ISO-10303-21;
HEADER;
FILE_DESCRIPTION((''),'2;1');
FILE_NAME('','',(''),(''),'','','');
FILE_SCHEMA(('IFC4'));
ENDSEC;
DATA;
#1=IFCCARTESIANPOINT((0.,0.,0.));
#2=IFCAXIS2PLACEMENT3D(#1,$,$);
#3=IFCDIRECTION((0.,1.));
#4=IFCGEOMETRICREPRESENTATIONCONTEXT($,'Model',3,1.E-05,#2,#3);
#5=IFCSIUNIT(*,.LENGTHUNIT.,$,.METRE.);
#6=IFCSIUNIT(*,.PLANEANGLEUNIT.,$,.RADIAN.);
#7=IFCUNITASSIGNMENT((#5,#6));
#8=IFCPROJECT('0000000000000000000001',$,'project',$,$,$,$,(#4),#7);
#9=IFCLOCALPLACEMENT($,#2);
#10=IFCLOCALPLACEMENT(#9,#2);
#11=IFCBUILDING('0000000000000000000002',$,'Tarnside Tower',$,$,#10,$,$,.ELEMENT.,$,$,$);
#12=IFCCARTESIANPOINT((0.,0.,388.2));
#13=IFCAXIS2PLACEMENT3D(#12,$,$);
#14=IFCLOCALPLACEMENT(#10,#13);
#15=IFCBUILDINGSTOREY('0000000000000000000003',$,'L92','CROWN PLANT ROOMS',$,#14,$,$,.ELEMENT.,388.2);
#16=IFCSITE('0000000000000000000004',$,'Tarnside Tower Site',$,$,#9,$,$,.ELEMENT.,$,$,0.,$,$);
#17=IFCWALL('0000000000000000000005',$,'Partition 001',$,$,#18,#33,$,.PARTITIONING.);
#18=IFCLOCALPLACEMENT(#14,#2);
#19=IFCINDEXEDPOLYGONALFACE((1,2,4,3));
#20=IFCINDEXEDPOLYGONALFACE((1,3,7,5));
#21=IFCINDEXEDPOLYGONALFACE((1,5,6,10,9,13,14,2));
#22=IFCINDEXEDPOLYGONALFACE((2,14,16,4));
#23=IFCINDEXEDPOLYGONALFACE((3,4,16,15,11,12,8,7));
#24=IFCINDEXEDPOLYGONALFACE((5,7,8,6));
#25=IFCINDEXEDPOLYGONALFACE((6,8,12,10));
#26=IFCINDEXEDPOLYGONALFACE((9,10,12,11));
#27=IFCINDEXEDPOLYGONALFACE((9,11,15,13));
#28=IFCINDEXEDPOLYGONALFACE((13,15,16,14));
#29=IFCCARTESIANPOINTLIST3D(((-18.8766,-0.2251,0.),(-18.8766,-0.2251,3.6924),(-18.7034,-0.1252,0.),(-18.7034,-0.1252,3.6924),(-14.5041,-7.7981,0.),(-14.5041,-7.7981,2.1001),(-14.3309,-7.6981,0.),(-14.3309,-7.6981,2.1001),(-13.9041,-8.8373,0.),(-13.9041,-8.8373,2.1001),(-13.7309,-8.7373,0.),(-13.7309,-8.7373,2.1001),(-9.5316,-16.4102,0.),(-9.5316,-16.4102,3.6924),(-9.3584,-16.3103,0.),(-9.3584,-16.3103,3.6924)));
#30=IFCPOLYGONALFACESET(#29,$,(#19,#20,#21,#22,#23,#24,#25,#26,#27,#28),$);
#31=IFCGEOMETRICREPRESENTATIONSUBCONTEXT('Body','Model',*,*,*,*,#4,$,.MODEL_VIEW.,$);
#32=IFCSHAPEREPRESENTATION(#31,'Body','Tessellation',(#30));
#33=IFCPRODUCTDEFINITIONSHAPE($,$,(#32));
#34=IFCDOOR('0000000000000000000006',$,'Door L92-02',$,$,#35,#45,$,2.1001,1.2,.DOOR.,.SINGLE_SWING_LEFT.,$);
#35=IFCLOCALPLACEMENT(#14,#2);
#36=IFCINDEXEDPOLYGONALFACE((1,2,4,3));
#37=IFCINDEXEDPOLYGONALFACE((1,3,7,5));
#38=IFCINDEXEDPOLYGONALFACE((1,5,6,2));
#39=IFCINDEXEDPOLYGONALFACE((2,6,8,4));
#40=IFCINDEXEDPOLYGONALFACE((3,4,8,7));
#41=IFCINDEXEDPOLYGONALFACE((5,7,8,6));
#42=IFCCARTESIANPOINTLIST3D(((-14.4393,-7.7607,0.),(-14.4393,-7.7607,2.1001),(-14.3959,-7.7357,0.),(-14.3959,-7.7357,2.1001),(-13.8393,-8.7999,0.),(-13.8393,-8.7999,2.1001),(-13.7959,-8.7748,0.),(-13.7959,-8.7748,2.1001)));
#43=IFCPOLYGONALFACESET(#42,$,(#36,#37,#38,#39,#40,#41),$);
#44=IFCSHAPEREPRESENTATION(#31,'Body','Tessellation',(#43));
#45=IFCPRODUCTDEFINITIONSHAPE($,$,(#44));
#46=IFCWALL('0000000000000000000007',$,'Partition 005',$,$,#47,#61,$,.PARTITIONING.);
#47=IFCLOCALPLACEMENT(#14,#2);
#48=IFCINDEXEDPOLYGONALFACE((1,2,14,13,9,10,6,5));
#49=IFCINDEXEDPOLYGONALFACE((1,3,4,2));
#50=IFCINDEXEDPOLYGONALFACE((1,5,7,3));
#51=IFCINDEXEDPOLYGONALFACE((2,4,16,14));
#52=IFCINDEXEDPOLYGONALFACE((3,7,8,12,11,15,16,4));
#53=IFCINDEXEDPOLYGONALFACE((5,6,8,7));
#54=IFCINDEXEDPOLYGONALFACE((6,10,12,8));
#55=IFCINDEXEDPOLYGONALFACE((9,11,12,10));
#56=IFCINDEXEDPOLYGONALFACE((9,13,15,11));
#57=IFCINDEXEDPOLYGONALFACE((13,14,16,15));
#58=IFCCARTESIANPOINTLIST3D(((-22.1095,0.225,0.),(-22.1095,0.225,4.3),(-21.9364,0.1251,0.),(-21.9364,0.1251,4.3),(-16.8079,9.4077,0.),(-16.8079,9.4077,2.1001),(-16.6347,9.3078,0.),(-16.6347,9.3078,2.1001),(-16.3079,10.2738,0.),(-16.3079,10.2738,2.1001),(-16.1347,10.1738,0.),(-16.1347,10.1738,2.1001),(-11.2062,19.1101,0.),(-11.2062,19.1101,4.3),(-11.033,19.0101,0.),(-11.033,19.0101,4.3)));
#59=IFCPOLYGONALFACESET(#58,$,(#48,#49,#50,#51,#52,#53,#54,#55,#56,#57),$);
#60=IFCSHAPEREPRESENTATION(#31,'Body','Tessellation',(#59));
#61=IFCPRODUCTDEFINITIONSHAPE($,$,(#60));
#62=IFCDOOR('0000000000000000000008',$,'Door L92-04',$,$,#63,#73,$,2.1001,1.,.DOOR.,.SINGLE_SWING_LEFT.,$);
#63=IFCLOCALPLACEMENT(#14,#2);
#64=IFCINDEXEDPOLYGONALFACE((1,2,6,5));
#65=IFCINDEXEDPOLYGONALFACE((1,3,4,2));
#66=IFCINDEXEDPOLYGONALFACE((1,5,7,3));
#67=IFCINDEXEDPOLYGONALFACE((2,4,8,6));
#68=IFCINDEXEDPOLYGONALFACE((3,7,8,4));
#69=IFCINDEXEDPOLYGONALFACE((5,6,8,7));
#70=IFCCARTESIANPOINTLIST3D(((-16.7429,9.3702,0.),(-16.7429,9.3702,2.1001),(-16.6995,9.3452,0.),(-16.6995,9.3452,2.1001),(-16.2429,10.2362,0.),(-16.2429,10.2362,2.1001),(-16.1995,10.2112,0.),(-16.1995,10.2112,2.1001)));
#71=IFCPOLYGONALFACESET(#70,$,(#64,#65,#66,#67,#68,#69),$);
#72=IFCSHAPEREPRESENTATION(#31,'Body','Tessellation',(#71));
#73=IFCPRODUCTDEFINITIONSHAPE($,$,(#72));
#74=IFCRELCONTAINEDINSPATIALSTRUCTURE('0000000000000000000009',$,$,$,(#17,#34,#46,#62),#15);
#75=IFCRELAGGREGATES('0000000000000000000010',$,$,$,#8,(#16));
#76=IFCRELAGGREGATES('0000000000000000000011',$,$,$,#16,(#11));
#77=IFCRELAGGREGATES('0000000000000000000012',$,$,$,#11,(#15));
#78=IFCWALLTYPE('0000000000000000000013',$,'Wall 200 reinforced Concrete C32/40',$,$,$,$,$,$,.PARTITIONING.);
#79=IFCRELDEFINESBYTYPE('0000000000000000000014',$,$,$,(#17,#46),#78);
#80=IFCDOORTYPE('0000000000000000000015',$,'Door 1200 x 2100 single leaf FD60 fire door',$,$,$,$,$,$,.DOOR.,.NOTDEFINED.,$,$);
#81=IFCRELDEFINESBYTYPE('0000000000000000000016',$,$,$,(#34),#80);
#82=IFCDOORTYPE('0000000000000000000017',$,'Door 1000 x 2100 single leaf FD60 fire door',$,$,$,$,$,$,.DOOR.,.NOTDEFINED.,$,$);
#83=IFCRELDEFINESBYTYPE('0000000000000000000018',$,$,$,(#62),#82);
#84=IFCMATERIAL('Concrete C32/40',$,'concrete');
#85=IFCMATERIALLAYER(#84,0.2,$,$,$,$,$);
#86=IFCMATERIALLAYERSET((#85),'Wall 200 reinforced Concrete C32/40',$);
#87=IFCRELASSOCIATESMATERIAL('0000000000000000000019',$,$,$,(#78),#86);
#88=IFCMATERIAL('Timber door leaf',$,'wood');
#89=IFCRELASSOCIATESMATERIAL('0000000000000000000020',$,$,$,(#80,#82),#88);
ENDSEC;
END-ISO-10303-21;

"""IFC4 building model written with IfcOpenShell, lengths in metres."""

from ifc_helpers import new_model, si_unit, direction, frame, frame_2d, origin, place, context, subcontext, project, spatial, rectangle, extrude, material, layer, layer_set, type_object, element, fill, save


model = new_model("IFC4")

# Units and contexts
model_context = context("Model", 3, precision=1e-05, world=origin(), true_north=direction((0.0, 1.0)))
body_context = subcontext(model_context, "Body", "Model", "MODEL_VIEW")
ifc_project = project(units=[si_unit("LENGTHUNIT", "METRE"), si_unit("PLANEANGLEUNIT", "RADIAN")], contexts=[model_context])

# Site, building, storey
site_placement = place(None, origin())
site = spatial("IfcSite", under=ifc_project, at=site_placement, Name="Tarnside Tower Site", CompositionType="ELEMENT", RefElevation=0.0)
building_placement = place(site_placement, origin())
building = spatial("IfcBuilding", under=site, at=building_placement, Name="Tarnside Tower", CompositionType="ELEMENT")
storey_placement = place(building_placement, frame((0.0, 0.0, 388.2)))
storey = spatial("IfcBuildingStorey", under=building, at=storey_placement, Name="L92", Description="CROWN PLANT ROOMS", CompositionType="ELEMENT", Elevation=388.2)

# Walls, openings, doors
ifc_material_1 = material(Name="Concrete C32/40", Category="concrete")
ifc_layer_1 = layer(ifc_material_1, 0.2)
ifc_layer_set_1 = layer_set([ifc_layer_1], Name="Wall 200 reinforced Concrete C32/40")
wall_type_1 = type_object("IfcWallType", Name="Wall 200 reinforced Concrete C32/40", PredefinedType="PARTITIONING", material=ifc_layer_set_1)
wall_1_placement = place(storey_placement, frame((-18.79, -0.175, 0.0), z_axis=(0.0, 0.0, 1.0), x_axis=(0.500021, -0.866013, 0.0)))
wall_1 = element("IfcWall", 1, at=wall_1_placement, inside=storey, type_object=wall_type_1, Name="Partition 001", PredefinedType="PARTITIONING", context=body_context, shape_type="SweptSolid", body=[
    extrude(rectangle(XDim=18.6892, YDim=0.2, at=frame_2d((9.3447, 0.0))), origin(), (0.0, 0.0, 1.0), 3.6924),
])
opening_1_placement = place(wall_1_placement, frame((8.7446, 0.0, 0.0)))
opening_1 = element("IfcOpeningElement", 2, at=opening_1_placement, cuts=wall_1, PredefinedType="OPENING", context=body_context, shape_type="SweptSolid", body=[
    extrude(rectangle(XDim=1.2, YDim=2.1001, at=frame_2d((0.6001, 1.05))), frame((0.0, 0.1099, 0.0), z_axis=(0.0, -1.0, 0.0), x_axis=(1.0, 0.0, 0.0)), (0.0, 0.0, 1.0), 0.22),
])
ifc_material_2 = material(Name="Timber door leaf", Category="wood")
door_type_1 = type_object("IfcDoorType", Name="Door 1200 x 2100 single leaf FD60 fire door", OperationType="NOTDEFINED", PredefinedType="DOOR", material=ifc_material_2)
door_1_placement = place(opening_1_placement, origin())
door_1 = element("IfcDoor", 3, at=door_1_placement, inside=storey, type_object=door_type_1, Name="Door L92-02", OperationType="SINGLE_SWING_LEFT", OverallHeight=2.1001, OverallWidth=1.2, PredefinedType="DOOR", context=body_context, shape_type="SweptSolid", body=[
    extrude(rectangle(XDim=1.2, YDim=2.1001, at=frame_2d((0.6001, 1.05))), frame((0.0, 0.0249, 0.0), z_axis=(0.0, -1.0, 0.0), x_axis=(1.0, 0.0, 0.0)), (0.0, 0.0, 1.0), 0.05),
])
fill(opening_1, door_1)
wall_2_placement = place(storey_placement, frame((-22.0229, 0.175, 0.0), z_axis=(0.0, 0.0, 1.0), x_axis=(0.500002, 0.866024, 0.0)))
wall_2 = element("IfcWall", 4, at=wall_2_placement, inside=storey, type_object=wall_type_1, Name="Partition 005", PredefinedType="PARTITIONING", context=body_context, shape_type="SweptSolid", body=[
    extrude(rectangle(XDim=21.8066, YDim=0.2, at=frame_2d((10.9033, 0.0))), origin(), (0.0, 0.0, 1.0), 4.3),
])
opening_2_placement = place(wall_2_placement, frame((10.6033, 0.0, 0.0)))
opening_2 = element("IfcOpeningElement", 5, at=opening_2_placement, cuts=wall_2, PredefinedType="OPENING", context=body_context, shape_type="SweptSolid", body=[
    extrude(rectangle(XDim=1.0, YDim=2.1001, at=frame_2d((0.5, 1.05))), frame((0.0, 0.1099, 0.0), z_axis=(0.0, -1.0, 0.0), x_axis=(1.0, 0.0, 0.0)), (0.0, 0.0, 1.0), 0.22),
])
door_type_2 = type_object("IfcDoorType", Name="Door 1000 x 2100 single leaf FD60 fire door", OperationType="NOTDEFINED", PredefinedType="DOOR", material=ifc_material_2)
door_2_placement = place(opening_2_placement, origin())
door_2 = element("IfcDoor", 6, at=door_2_placement, inside=storey, type_object=door_type_2, Name="Door L92-04", OperationType="SINGLE_SWING_LEFT", OverallHeight=2.1001, OverallWidth=1.0, PredefinedType="DOOR", context=body_context, shape_type="SweptSolid", body=[
    extrude(rectangle(XDim=1.0, YDim=2.1001, at=frame_2d((0.5, 1.05))), frame((0.0, 0.0249, 0.0), z_axis=(0.0, -1.0, 0.0), x_axis=(1.0, 0.0, 0.0)), (0.0, 0.0, 1.0), 0.05),
])
fill(opening_2, door_2)

save(model, "model.ifc")
